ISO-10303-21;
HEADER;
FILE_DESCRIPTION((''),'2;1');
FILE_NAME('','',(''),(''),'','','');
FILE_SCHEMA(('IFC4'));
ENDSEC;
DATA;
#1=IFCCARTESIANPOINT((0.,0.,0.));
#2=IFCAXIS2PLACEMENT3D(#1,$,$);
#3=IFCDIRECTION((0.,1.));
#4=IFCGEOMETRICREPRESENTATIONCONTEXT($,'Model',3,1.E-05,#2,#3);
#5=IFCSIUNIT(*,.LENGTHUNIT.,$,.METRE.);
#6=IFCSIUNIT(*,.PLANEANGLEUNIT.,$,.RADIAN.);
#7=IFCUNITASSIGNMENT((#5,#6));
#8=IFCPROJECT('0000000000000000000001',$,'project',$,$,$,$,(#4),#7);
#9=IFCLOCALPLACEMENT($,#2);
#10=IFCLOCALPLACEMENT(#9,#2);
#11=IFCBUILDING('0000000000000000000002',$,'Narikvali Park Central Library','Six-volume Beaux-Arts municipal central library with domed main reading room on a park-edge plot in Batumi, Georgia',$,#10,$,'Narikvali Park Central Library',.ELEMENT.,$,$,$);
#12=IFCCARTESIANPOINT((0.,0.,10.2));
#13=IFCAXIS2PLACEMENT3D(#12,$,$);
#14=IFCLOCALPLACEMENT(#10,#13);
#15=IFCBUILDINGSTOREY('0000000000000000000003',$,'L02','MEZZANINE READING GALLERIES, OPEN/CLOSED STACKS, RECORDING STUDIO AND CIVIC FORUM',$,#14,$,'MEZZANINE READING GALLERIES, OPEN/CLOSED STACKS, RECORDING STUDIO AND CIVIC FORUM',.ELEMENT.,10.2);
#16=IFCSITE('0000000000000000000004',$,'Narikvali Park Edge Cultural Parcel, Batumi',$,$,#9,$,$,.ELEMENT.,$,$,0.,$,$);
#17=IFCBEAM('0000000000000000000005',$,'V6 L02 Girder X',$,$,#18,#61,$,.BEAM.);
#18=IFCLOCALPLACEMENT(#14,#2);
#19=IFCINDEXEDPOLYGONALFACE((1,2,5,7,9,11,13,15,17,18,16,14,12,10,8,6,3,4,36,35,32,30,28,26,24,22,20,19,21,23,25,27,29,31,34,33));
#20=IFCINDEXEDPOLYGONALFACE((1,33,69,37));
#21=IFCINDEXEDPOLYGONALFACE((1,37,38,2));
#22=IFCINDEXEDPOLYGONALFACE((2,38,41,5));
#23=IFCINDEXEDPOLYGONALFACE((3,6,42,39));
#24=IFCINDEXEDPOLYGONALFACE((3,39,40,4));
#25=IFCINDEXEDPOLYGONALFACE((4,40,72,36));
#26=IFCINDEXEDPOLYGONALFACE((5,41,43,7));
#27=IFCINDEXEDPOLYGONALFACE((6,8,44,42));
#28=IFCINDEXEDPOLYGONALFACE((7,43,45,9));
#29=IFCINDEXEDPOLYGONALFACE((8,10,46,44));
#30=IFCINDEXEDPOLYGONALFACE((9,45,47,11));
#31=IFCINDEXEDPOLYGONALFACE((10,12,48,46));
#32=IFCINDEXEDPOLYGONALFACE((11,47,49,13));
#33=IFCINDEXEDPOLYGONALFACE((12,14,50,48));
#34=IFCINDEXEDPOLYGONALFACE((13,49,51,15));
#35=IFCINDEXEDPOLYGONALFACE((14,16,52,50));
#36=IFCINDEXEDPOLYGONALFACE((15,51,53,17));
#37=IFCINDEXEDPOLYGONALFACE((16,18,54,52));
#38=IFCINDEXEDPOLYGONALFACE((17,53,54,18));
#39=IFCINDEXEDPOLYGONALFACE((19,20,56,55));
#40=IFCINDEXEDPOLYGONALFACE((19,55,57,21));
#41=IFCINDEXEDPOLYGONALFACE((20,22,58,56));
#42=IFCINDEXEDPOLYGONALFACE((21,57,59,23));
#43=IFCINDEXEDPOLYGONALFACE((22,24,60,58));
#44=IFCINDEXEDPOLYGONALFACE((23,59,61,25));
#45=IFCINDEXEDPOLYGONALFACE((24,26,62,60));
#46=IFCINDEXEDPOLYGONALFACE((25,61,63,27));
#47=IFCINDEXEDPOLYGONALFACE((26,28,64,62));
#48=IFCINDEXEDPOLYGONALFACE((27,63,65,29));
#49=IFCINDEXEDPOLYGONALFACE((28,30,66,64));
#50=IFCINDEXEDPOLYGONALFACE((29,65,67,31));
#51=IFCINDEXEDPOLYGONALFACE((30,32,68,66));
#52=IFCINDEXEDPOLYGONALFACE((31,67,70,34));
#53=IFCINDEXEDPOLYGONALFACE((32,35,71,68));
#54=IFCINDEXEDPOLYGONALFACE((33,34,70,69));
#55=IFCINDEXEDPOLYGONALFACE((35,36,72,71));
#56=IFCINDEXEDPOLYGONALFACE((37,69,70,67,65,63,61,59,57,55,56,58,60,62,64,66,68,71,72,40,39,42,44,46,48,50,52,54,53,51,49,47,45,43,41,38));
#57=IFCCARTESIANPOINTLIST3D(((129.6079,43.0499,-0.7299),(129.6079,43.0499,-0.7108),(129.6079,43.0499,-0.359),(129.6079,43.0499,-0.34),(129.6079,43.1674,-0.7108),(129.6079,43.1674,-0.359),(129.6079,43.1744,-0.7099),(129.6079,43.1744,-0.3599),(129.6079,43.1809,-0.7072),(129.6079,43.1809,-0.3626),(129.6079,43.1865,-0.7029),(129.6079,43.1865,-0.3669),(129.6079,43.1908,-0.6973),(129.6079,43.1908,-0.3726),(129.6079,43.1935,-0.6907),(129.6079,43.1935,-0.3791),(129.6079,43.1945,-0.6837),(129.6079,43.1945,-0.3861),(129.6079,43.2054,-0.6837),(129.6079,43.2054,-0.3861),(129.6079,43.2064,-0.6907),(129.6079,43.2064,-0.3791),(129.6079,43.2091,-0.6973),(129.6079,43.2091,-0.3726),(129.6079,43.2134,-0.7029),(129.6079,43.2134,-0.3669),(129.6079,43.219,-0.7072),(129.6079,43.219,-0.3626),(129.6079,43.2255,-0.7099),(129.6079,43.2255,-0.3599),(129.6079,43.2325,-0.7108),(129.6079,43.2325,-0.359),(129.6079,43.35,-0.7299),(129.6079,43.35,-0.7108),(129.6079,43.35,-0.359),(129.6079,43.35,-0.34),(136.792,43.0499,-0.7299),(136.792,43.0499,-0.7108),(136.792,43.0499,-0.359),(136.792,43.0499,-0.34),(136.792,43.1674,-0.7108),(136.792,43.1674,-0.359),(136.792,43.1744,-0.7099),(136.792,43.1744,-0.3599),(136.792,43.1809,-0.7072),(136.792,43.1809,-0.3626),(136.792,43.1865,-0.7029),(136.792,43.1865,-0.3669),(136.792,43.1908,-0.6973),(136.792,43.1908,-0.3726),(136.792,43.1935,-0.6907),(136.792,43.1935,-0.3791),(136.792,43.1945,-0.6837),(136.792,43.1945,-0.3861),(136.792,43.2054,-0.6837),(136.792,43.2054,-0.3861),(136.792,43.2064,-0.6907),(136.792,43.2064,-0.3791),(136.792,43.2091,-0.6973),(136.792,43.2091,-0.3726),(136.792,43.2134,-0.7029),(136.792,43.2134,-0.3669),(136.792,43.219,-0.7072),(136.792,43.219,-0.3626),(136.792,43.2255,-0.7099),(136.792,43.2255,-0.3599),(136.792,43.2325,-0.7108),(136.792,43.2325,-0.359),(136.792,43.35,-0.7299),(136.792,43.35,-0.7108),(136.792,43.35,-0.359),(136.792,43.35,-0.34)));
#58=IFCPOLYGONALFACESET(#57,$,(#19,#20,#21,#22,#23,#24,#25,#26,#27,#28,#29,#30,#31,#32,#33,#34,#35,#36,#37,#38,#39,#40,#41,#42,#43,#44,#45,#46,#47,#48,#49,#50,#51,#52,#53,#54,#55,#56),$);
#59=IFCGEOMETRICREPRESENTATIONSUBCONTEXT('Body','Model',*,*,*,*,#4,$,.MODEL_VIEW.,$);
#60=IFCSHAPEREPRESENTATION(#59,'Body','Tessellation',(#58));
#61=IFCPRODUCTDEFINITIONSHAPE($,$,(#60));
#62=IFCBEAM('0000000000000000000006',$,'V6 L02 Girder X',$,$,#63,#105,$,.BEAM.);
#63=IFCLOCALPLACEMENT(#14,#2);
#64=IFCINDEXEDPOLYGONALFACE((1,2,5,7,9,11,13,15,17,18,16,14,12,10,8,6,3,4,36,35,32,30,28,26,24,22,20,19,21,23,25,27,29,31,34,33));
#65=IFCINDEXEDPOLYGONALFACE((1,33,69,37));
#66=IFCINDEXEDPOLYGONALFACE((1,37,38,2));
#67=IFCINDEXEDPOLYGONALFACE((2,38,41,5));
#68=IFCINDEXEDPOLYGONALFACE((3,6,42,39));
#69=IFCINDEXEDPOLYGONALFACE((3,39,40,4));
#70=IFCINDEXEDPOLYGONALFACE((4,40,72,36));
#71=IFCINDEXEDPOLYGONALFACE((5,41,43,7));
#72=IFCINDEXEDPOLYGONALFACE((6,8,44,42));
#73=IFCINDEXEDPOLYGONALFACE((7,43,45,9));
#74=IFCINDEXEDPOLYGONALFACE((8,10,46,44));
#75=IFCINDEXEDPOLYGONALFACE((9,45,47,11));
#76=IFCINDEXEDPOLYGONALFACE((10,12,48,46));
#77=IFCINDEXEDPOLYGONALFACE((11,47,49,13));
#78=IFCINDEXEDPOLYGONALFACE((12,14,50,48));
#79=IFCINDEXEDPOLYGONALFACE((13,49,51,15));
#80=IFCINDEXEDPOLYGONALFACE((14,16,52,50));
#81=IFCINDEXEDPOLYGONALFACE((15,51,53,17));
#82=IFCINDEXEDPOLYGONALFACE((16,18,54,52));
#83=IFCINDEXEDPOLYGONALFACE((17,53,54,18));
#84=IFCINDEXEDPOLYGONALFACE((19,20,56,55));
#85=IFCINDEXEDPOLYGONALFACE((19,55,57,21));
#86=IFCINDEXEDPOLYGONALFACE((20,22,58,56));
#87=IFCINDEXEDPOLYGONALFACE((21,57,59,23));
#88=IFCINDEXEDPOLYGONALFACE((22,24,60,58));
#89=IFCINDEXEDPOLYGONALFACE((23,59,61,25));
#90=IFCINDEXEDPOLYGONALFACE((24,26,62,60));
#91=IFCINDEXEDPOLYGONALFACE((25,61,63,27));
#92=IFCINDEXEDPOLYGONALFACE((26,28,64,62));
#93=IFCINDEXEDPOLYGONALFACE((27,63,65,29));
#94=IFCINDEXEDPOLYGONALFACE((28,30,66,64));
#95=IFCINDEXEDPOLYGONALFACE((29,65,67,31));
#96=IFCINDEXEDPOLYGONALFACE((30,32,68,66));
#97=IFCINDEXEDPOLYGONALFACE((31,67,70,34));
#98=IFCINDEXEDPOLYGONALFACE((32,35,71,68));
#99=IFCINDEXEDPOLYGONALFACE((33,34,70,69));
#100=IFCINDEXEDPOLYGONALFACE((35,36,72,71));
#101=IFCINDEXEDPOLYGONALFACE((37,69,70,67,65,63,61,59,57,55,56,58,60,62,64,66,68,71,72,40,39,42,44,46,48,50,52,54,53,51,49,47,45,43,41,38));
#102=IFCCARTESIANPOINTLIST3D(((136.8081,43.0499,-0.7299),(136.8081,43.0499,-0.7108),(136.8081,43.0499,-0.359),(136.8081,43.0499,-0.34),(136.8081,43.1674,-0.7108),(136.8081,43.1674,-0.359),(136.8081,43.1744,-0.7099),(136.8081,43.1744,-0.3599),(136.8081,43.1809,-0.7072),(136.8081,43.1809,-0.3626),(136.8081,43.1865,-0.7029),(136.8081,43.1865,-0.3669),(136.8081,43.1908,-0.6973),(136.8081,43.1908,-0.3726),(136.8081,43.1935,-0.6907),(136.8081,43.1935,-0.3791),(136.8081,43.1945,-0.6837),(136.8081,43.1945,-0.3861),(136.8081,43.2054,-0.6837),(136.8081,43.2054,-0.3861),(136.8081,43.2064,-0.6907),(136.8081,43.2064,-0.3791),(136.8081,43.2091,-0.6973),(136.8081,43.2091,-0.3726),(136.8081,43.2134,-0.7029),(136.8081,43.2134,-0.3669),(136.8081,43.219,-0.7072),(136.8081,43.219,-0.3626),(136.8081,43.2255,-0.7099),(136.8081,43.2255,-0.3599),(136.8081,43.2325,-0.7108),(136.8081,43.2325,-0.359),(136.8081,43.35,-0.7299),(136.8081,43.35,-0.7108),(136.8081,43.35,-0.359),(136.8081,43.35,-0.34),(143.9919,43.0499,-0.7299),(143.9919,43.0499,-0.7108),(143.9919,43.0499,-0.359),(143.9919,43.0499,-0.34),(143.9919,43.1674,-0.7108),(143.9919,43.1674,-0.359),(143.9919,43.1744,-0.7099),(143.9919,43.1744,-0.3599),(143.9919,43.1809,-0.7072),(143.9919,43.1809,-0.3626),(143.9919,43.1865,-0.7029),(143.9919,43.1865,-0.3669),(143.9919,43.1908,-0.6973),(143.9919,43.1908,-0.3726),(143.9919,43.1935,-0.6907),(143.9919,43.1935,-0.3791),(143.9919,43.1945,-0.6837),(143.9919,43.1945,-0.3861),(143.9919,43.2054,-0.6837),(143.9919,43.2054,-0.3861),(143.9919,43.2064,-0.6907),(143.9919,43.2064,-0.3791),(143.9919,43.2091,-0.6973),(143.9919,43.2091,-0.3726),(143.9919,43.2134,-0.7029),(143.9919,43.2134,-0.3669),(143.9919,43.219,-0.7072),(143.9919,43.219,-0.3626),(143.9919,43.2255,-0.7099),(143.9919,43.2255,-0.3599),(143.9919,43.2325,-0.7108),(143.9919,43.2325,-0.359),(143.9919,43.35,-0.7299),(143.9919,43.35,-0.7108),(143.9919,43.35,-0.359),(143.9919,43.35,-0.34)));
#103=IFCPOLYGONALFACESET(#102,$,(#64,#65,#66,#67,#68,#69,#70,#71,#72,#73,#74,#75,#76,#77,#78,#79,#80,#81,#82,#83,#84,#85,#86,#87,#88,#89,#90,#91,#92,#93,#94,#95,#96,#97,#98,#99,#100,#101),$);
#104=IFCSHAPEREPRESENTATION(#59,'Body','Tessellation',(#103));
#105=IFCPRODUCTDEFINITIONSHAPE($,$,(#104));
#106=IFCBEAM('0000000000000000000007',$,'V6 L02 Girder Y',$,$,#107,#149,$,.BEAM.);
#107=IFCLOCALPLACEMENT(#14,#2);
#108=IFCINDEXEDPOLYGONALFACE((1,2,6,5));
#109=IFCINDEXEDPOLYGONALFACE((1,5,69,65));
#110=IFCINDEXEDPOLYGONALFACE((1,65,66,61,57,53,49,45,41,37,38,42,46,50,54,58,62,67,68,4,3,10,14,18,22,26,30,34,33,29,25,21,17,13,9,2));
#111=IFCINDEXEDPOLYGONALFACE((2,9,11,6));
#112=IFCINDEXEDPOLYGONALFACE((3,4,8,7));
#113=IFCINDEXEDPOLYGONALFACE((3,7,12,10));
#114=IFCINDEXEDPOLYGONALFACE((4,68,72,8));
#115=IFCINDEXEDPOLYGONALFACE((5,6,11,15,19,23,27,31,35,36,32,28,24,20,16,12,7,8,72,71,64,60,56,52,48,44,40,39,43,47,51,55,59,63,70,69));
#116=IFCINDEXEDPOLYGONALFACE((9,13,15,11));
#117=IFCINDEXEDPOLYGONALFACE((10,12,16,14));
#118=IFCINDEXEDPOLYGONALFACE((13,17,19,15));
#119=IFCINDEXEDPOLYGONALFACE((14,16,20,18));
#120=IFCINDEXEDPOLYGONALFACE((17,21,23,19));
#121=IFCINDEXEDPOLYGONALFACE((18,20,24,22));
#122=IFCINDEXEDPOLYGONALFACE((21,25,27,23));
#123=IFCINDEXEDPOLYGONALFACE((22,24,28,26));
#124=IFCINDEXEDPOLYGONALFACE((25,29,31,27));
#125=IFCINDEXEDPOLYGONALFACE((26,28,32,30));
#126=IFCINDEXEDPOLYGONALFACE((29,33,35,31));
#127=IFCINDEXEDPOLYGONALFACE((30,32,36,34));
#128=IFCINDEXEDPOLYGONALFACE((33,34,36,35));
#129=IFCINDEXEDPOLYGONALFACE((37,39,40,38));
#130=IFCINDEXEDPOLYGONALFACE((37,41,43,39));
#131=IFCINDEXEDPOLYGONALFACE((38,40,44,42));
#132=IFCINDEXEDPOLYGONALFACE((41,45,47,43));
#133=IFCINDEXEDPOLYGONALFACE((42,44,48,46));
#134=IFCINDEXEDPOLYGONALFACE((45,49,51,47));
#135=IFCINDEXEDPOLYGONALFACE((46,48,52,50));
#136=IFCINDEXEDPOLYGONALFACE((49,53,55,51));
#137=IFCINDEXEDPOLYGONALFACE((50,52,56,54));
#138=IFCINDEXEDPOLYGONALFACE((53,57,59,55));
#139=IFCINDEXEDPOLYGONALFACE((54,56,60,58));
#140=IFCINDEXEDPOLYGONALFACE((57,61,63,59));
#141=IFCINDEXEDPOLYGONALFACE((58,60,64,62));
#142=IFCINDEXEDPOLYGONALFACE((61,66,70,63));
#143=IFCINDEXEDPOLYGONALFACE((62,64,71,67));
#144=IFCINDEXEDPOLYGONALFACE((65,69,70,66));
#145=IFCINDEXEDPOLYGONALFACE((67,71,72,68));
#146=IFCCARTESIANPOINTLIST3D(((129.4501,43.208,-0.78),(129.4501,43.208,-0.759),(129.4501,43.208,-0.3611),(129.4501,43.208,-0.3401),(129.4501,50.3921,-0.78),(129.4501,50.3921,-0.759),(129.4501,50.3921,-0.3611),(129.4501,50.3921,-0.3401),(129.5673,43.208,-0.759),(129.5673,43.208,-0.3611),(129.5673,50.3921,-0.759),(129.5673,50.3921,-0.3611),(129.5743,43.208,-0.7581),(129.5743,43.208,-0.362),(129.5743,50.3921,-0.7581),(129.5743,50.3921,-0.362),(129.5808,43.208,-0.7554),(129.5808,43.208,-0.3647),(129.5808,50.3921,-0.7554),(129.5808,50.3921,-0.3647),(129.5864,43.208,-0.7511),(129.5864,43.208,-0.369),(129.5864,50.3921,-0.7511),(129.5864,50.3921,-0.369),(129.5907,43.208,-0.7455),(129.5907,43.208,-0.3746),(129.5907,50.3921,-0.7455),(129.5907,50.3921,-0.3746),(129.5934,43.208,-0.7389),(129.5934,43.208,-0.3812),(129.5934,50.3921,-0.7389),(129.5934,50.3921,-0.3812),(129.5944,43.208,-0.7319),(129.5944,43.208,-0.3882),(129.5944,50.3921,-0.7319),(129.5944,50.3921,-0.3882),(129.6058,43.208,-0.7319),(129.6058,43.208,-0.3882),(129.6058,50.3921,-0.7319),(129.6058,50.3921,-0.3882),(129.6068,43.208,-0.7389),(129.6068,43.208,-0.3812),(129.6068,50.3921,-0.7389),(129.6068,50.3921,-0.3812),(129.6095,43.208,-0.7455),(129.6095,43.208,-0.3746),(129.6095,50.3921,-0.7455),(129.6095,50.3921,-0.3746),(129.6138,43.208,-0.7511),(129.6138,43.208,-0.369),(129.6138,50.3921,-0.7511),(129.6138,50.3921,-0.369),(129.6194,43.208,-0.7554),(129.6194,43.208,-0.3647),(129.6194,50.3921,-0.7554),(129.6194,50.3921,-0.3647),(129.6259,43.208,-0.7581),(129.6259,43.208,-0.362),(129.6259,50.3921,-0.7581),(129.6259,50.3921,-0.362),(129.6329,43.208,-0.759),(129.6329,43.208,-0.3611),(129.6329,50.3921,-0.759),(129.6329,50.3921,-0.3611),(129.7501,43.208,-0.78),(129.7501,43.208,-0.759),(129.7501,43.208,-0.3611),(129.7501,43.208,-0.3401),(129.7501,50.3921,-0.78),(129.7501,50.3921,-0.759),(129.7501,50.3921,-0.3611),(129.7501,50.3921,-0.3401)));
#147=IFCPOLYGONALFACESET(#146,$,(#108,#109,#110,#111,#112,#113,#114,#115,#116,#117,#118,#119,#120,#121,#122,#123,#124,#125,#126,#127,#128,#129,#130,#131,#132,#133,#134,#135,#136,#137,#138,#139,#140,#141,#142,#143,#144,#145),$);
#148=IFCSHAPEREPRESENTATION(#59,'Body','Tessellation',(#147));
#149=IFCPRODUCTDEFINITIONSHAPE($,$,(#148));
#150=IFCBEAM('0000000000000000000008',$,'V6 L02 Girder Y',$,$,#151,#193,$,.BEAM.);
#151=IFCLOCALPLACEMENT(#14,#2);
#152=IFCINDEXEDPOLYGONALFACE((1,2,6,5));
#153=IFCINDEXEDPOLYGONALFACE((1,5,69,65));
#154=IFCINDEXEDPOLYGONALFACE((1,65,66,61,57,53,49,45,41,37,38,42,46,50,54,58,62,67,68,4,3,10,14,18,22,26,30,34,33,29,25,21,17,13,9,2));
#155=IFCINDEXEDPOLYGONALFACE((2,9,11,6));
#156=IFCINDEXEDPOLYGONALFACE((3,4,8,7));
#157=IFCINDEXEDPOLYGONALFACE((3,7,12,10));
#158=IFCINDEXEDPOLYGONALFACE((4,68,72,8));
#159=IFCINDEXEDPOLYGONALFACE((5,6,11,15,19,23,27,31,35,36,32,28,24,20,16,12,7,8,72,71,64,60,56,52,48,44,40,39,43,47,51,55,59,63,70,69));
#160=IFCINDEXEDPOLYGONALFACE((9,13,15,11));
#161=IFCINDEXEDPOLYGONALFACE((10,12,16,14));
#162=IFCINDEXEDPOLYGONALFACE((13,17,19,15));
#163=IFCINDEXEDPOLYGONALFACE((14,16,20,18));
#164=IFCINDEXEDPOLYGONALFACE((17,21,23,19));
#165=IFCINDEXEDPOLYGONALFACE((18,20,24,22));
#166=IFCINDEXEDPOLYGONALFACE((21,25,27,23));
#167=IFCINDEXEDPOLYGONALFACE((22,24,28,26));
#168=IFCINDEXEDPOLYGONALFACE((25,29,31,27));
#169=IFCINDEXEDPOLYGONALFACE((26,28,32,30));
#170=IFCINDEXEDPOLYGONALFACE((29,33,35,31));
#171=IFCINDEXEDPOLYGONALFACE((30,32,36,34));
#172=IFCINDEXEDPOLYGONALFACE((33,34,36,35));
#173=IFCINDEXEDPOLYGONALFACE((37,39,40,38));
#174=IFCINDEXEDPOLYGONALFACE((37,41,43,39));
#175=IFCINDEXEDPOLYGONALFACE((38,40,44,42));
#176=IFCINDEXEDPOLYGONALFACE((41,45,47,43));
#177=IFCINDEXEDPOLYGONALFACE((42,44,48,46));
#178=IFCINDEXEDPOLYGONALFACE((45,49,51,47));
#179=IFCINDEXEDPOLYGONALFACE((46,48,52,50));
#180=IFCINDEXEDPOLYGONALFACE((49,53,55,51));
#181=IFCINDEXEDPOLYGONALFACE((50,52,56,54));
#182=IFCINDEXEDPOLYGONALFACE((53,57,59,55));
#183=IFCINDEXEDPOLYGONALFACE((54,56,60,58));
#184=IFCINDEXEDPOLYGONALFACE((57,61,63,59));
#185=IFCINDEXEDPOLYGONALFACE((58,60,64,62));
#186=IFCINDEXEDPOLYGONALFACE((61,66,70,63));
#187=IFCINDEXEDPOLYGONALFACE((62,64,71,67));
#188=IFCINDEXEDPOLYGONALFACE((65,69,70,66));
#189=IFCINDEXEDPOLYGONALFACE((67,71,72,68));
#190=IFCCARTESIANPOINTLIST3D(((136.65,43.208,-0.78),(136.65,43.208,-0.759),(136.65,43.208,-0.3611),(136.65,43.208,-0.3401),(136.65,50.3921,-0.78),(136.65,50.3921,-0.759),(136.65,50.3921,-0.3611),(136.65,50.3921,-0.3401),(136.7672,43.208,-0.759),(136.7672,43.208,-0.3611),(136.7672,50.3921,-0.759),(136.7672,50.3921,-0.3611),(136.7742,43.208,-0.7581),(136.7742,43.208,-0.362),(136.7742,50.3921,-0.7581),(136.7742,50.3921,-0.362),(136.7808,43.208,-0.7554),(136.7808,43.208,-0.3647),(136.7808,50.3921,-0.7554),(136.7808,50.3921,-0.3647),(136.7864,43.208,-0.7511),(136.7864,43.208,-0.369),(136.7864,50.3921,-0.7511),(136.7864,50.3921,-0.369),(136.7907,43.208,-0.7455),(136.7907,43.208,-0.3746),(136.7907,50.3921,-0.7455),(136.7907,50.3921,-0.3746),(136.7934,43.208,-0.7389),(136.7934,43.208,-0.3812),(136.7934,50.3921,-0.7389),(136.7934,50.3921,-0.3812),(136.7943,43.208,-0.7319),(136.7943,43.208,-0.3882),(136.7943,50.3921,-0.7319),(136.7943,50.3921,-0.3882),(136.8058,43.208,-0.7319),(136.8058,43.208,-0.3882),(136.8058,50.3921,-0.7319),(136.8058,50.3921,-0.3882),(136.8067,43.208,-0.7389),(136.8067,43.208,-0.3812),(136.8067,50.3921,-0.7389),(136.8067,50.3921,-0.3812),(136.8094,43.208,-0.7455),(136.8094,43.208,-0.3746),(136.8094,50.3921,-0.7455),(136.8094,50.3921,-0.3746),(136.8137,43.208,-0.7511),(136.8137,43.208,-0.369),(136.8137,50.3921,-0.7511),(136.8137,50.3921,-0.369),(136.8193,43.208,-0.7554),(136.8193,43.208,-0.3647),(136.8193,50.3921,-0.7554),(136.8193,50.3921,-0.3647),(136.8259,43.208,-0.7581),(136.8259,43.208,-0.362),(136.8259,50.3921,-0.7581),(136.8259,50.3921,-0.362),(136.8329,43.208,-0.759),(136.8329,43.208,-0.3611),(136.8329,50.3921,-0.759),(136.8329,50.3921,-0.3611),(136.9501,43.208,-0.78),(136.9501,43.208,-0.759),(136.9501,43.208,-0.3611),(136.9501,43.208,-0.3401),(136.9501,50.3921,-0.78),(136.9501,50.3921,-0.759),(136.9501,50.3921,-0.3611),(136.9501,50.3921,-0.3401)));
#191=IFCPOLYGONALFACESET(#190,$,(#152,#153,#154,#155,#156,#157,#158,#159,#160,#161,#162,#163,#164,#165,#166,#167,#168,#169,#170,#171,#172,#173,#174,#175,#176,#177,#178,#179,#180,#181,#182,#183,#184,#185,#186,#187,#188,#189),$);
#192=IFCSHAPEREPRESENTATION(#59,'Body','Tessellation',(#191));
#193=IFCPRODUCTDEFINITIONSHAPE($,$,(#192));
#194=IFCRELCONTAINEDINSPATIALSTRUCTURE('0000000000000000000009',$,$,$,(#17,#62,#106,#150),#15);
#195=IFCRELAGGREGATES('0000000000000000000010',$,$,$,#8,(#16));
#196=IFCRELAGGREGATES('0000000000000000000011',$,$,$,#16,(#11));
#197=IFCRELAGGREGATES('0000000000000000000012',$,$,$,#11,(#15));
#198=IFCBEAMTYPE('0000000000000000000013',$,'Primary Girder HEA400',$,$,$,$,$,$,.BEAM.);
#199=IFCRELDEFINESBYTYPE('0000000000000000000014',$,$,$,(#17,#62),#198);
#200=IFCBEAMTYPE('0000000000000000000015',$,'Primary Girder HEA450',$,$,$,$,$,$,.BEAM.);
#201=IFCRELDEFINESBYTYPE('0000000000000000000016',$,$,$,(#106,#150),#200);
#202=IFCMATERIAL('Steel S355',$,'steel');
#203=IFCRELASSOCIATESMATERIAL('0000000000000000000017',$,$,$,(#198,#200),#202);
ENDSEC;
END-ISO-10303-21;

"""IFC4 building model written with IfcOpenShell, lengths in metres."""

from ifc_helpers import new_model, si_unit, direction, frame, origin, origin_2d, place, context, subcontext, project, spatial, i_section, extrude, material, material_profile, profile_set, type_object, element, save


model = new_model("IFC4")

# Units and contexts
model_context = context("Model", 3, precision=1e-05, world=origin(), true_north=direction((0.0, 1.0)))
body_context = subcontext(model_context, "Body", "Model", "MODEL_VIEW")
ifc_project = project(units=[si_unit("LENGTHUNIT", "METRE"), si_unit("PLANEANGLEUNIT", "RADIAN")], contexts=[model_context])

# Site, building, storey
site_placement = place(None, origin())
site = spatial("IfcSite", under=ifc_project, at=site_placement, Name="Narikvali Park Edge Cultural Parcel, Batumi", CompositionType="ELEMENT", RefElevation=0.0)
building_placement = place(site_placement, origin())
building = spatial("IfcBuilding", under=site, at=building_placement, Name="Narikvali Park Central Library", Description="Six-volume Beaux-Arts municipal central library with domed main reading room on a park-edge plot in Batumi, Georgia", LongName="Narikvali Park Central Library", CompositionType="ELEMENT")
storey_placement = place(building_placement, frame((0.0, 0.0, 10.2)))
storey = spatial("IfcBuildingStorey", under=building, at=storey_placement, Name="L02", Description="MEZZANINE READING GALLERIES, OPEN/CLOSED STACKS, RECORDING STUDIO AND CIVIC FORUM", LongName="MEZZANINE READING GALLERIES, OPEN/CLOSED STACKS, RECORDING STUDIO AND CIVIC FORUM", CompositionType="ELEMENT", Elevation=10.2)

# Beams
ifc_material_1 = material(Name="Steel S355", Category="steel")
ifc_material_profile_1 = material_profile(ifc_material_1, i_section(OverallWidth=0.3, OverallDepth=0.3899, WebThickness=0.011, FlangeThickness=0.019, FilletRadius=0.0271, at=origin_2d()), Name="HEA 400")
ifc_profile_set_1 = profile_set([ifc_material_profile_1], Name="Steel S355")
beam_type_1 = type_object("IfcBeamType", Name="Primary Girder HEA400", PredefinedType="BEAM", material=ifc_profile_set_1)
for number, where, z_axis, x_axis, name in (
    (1, (129.6079, 43.2, -0.5349), (1.0, 0.0, 0.0), (0.0, 1.0, 0.0), "V6 L02 Girder X"),
):
    element("IfcBeam", number, at=place(storey_placement, frame(where, z_axis=z_axis, x_axis=x_axis)), inside=storey, type_object=beam_type_1, Name=name, PredefinedType="BEAM", context=body_context, shape_type="SweptSolid", body=[
        extrude(i_section(OverallWidth=0.3, OverallDepth=0.3899, WebThickness=0.011, FlangeThickness=0.019, FilletRadius=0.0271, at=origin_2d()), origin(), (0.0, 0.0, 1.0), 7.1841),
    ])
beam_1_placement = place(storey_placement, frame((136.8081, 43.2, -0.5349), z_axis=(1.0, 0.0, 0.0), x_axis=(0.0, 1.0, 0.0)))
element("IfcBeam", 2, at=beam_1_placement, inside=storey, type_object=beam_type_1, Name="V6 L02 Girder X", PredefinedType="BEAM", context=body_context, shape_type="SweptSolid", body=[
    extrude(i_section(OverallWidth=0.3, OverallDepth=0.3899, WebThickness=0.011, FlangeThickness=0.019, FilletRadius=0.0271, at=origin_2d()), origin(), (0.0, 0.0, 1.0), 7.1838),
])
ifc_material_profile_2 = material_profile(ifc_material_1, i_section(OverallWidth=0.3, OverallDepth=0.4399, WebThickness=0.0115, FlangeThickness=0.021, FilletRadius=0.0271, at=origin_2d()), Name="HEA 450")
ifc_profile_set_2 = profile_set([ifc_material_profile_2], Name="Steel S355")
beam_type_2 = type_object("IfcBeamType", Name="Primary Girder HEA450", PredefinedType="BEAM", material=ifc_profile_set_2)
for number, where, z_axis, x_axis, name in (
    (3, (129.6001, 43.208, -0.5601), (0.0, 1.0, 0.0), (-1.0, 0.0, 0.0), "V6 L02 Girder Y"),
    (4, (136.8, 43.208, -0.5601), (0.0, 1.0, 0.0), (-1.0, 0.0, 0.0), "V6 L02 Girder Y"),
):
    element("IfcBeam", number, at=place(storey_placement, frame(where, z_axis=z_axis, x_axis=x_axis)), inside=storey, type_object=beam_type_2, Name=name, PredefinedType="BEAM", context=body_context, shape_type="SweptSolid", body=[
        extrude(i_section(OverallWidth=0.3, OverallDepth=0.4399, WebThickness=0.0115, FlangeThickness=0.021, FilletRadius=0.0271, at=origin_2d()), origin(), (0.0, 0.0, 1.0), 7.1841),
    ])

save(model, "model.ifc")
